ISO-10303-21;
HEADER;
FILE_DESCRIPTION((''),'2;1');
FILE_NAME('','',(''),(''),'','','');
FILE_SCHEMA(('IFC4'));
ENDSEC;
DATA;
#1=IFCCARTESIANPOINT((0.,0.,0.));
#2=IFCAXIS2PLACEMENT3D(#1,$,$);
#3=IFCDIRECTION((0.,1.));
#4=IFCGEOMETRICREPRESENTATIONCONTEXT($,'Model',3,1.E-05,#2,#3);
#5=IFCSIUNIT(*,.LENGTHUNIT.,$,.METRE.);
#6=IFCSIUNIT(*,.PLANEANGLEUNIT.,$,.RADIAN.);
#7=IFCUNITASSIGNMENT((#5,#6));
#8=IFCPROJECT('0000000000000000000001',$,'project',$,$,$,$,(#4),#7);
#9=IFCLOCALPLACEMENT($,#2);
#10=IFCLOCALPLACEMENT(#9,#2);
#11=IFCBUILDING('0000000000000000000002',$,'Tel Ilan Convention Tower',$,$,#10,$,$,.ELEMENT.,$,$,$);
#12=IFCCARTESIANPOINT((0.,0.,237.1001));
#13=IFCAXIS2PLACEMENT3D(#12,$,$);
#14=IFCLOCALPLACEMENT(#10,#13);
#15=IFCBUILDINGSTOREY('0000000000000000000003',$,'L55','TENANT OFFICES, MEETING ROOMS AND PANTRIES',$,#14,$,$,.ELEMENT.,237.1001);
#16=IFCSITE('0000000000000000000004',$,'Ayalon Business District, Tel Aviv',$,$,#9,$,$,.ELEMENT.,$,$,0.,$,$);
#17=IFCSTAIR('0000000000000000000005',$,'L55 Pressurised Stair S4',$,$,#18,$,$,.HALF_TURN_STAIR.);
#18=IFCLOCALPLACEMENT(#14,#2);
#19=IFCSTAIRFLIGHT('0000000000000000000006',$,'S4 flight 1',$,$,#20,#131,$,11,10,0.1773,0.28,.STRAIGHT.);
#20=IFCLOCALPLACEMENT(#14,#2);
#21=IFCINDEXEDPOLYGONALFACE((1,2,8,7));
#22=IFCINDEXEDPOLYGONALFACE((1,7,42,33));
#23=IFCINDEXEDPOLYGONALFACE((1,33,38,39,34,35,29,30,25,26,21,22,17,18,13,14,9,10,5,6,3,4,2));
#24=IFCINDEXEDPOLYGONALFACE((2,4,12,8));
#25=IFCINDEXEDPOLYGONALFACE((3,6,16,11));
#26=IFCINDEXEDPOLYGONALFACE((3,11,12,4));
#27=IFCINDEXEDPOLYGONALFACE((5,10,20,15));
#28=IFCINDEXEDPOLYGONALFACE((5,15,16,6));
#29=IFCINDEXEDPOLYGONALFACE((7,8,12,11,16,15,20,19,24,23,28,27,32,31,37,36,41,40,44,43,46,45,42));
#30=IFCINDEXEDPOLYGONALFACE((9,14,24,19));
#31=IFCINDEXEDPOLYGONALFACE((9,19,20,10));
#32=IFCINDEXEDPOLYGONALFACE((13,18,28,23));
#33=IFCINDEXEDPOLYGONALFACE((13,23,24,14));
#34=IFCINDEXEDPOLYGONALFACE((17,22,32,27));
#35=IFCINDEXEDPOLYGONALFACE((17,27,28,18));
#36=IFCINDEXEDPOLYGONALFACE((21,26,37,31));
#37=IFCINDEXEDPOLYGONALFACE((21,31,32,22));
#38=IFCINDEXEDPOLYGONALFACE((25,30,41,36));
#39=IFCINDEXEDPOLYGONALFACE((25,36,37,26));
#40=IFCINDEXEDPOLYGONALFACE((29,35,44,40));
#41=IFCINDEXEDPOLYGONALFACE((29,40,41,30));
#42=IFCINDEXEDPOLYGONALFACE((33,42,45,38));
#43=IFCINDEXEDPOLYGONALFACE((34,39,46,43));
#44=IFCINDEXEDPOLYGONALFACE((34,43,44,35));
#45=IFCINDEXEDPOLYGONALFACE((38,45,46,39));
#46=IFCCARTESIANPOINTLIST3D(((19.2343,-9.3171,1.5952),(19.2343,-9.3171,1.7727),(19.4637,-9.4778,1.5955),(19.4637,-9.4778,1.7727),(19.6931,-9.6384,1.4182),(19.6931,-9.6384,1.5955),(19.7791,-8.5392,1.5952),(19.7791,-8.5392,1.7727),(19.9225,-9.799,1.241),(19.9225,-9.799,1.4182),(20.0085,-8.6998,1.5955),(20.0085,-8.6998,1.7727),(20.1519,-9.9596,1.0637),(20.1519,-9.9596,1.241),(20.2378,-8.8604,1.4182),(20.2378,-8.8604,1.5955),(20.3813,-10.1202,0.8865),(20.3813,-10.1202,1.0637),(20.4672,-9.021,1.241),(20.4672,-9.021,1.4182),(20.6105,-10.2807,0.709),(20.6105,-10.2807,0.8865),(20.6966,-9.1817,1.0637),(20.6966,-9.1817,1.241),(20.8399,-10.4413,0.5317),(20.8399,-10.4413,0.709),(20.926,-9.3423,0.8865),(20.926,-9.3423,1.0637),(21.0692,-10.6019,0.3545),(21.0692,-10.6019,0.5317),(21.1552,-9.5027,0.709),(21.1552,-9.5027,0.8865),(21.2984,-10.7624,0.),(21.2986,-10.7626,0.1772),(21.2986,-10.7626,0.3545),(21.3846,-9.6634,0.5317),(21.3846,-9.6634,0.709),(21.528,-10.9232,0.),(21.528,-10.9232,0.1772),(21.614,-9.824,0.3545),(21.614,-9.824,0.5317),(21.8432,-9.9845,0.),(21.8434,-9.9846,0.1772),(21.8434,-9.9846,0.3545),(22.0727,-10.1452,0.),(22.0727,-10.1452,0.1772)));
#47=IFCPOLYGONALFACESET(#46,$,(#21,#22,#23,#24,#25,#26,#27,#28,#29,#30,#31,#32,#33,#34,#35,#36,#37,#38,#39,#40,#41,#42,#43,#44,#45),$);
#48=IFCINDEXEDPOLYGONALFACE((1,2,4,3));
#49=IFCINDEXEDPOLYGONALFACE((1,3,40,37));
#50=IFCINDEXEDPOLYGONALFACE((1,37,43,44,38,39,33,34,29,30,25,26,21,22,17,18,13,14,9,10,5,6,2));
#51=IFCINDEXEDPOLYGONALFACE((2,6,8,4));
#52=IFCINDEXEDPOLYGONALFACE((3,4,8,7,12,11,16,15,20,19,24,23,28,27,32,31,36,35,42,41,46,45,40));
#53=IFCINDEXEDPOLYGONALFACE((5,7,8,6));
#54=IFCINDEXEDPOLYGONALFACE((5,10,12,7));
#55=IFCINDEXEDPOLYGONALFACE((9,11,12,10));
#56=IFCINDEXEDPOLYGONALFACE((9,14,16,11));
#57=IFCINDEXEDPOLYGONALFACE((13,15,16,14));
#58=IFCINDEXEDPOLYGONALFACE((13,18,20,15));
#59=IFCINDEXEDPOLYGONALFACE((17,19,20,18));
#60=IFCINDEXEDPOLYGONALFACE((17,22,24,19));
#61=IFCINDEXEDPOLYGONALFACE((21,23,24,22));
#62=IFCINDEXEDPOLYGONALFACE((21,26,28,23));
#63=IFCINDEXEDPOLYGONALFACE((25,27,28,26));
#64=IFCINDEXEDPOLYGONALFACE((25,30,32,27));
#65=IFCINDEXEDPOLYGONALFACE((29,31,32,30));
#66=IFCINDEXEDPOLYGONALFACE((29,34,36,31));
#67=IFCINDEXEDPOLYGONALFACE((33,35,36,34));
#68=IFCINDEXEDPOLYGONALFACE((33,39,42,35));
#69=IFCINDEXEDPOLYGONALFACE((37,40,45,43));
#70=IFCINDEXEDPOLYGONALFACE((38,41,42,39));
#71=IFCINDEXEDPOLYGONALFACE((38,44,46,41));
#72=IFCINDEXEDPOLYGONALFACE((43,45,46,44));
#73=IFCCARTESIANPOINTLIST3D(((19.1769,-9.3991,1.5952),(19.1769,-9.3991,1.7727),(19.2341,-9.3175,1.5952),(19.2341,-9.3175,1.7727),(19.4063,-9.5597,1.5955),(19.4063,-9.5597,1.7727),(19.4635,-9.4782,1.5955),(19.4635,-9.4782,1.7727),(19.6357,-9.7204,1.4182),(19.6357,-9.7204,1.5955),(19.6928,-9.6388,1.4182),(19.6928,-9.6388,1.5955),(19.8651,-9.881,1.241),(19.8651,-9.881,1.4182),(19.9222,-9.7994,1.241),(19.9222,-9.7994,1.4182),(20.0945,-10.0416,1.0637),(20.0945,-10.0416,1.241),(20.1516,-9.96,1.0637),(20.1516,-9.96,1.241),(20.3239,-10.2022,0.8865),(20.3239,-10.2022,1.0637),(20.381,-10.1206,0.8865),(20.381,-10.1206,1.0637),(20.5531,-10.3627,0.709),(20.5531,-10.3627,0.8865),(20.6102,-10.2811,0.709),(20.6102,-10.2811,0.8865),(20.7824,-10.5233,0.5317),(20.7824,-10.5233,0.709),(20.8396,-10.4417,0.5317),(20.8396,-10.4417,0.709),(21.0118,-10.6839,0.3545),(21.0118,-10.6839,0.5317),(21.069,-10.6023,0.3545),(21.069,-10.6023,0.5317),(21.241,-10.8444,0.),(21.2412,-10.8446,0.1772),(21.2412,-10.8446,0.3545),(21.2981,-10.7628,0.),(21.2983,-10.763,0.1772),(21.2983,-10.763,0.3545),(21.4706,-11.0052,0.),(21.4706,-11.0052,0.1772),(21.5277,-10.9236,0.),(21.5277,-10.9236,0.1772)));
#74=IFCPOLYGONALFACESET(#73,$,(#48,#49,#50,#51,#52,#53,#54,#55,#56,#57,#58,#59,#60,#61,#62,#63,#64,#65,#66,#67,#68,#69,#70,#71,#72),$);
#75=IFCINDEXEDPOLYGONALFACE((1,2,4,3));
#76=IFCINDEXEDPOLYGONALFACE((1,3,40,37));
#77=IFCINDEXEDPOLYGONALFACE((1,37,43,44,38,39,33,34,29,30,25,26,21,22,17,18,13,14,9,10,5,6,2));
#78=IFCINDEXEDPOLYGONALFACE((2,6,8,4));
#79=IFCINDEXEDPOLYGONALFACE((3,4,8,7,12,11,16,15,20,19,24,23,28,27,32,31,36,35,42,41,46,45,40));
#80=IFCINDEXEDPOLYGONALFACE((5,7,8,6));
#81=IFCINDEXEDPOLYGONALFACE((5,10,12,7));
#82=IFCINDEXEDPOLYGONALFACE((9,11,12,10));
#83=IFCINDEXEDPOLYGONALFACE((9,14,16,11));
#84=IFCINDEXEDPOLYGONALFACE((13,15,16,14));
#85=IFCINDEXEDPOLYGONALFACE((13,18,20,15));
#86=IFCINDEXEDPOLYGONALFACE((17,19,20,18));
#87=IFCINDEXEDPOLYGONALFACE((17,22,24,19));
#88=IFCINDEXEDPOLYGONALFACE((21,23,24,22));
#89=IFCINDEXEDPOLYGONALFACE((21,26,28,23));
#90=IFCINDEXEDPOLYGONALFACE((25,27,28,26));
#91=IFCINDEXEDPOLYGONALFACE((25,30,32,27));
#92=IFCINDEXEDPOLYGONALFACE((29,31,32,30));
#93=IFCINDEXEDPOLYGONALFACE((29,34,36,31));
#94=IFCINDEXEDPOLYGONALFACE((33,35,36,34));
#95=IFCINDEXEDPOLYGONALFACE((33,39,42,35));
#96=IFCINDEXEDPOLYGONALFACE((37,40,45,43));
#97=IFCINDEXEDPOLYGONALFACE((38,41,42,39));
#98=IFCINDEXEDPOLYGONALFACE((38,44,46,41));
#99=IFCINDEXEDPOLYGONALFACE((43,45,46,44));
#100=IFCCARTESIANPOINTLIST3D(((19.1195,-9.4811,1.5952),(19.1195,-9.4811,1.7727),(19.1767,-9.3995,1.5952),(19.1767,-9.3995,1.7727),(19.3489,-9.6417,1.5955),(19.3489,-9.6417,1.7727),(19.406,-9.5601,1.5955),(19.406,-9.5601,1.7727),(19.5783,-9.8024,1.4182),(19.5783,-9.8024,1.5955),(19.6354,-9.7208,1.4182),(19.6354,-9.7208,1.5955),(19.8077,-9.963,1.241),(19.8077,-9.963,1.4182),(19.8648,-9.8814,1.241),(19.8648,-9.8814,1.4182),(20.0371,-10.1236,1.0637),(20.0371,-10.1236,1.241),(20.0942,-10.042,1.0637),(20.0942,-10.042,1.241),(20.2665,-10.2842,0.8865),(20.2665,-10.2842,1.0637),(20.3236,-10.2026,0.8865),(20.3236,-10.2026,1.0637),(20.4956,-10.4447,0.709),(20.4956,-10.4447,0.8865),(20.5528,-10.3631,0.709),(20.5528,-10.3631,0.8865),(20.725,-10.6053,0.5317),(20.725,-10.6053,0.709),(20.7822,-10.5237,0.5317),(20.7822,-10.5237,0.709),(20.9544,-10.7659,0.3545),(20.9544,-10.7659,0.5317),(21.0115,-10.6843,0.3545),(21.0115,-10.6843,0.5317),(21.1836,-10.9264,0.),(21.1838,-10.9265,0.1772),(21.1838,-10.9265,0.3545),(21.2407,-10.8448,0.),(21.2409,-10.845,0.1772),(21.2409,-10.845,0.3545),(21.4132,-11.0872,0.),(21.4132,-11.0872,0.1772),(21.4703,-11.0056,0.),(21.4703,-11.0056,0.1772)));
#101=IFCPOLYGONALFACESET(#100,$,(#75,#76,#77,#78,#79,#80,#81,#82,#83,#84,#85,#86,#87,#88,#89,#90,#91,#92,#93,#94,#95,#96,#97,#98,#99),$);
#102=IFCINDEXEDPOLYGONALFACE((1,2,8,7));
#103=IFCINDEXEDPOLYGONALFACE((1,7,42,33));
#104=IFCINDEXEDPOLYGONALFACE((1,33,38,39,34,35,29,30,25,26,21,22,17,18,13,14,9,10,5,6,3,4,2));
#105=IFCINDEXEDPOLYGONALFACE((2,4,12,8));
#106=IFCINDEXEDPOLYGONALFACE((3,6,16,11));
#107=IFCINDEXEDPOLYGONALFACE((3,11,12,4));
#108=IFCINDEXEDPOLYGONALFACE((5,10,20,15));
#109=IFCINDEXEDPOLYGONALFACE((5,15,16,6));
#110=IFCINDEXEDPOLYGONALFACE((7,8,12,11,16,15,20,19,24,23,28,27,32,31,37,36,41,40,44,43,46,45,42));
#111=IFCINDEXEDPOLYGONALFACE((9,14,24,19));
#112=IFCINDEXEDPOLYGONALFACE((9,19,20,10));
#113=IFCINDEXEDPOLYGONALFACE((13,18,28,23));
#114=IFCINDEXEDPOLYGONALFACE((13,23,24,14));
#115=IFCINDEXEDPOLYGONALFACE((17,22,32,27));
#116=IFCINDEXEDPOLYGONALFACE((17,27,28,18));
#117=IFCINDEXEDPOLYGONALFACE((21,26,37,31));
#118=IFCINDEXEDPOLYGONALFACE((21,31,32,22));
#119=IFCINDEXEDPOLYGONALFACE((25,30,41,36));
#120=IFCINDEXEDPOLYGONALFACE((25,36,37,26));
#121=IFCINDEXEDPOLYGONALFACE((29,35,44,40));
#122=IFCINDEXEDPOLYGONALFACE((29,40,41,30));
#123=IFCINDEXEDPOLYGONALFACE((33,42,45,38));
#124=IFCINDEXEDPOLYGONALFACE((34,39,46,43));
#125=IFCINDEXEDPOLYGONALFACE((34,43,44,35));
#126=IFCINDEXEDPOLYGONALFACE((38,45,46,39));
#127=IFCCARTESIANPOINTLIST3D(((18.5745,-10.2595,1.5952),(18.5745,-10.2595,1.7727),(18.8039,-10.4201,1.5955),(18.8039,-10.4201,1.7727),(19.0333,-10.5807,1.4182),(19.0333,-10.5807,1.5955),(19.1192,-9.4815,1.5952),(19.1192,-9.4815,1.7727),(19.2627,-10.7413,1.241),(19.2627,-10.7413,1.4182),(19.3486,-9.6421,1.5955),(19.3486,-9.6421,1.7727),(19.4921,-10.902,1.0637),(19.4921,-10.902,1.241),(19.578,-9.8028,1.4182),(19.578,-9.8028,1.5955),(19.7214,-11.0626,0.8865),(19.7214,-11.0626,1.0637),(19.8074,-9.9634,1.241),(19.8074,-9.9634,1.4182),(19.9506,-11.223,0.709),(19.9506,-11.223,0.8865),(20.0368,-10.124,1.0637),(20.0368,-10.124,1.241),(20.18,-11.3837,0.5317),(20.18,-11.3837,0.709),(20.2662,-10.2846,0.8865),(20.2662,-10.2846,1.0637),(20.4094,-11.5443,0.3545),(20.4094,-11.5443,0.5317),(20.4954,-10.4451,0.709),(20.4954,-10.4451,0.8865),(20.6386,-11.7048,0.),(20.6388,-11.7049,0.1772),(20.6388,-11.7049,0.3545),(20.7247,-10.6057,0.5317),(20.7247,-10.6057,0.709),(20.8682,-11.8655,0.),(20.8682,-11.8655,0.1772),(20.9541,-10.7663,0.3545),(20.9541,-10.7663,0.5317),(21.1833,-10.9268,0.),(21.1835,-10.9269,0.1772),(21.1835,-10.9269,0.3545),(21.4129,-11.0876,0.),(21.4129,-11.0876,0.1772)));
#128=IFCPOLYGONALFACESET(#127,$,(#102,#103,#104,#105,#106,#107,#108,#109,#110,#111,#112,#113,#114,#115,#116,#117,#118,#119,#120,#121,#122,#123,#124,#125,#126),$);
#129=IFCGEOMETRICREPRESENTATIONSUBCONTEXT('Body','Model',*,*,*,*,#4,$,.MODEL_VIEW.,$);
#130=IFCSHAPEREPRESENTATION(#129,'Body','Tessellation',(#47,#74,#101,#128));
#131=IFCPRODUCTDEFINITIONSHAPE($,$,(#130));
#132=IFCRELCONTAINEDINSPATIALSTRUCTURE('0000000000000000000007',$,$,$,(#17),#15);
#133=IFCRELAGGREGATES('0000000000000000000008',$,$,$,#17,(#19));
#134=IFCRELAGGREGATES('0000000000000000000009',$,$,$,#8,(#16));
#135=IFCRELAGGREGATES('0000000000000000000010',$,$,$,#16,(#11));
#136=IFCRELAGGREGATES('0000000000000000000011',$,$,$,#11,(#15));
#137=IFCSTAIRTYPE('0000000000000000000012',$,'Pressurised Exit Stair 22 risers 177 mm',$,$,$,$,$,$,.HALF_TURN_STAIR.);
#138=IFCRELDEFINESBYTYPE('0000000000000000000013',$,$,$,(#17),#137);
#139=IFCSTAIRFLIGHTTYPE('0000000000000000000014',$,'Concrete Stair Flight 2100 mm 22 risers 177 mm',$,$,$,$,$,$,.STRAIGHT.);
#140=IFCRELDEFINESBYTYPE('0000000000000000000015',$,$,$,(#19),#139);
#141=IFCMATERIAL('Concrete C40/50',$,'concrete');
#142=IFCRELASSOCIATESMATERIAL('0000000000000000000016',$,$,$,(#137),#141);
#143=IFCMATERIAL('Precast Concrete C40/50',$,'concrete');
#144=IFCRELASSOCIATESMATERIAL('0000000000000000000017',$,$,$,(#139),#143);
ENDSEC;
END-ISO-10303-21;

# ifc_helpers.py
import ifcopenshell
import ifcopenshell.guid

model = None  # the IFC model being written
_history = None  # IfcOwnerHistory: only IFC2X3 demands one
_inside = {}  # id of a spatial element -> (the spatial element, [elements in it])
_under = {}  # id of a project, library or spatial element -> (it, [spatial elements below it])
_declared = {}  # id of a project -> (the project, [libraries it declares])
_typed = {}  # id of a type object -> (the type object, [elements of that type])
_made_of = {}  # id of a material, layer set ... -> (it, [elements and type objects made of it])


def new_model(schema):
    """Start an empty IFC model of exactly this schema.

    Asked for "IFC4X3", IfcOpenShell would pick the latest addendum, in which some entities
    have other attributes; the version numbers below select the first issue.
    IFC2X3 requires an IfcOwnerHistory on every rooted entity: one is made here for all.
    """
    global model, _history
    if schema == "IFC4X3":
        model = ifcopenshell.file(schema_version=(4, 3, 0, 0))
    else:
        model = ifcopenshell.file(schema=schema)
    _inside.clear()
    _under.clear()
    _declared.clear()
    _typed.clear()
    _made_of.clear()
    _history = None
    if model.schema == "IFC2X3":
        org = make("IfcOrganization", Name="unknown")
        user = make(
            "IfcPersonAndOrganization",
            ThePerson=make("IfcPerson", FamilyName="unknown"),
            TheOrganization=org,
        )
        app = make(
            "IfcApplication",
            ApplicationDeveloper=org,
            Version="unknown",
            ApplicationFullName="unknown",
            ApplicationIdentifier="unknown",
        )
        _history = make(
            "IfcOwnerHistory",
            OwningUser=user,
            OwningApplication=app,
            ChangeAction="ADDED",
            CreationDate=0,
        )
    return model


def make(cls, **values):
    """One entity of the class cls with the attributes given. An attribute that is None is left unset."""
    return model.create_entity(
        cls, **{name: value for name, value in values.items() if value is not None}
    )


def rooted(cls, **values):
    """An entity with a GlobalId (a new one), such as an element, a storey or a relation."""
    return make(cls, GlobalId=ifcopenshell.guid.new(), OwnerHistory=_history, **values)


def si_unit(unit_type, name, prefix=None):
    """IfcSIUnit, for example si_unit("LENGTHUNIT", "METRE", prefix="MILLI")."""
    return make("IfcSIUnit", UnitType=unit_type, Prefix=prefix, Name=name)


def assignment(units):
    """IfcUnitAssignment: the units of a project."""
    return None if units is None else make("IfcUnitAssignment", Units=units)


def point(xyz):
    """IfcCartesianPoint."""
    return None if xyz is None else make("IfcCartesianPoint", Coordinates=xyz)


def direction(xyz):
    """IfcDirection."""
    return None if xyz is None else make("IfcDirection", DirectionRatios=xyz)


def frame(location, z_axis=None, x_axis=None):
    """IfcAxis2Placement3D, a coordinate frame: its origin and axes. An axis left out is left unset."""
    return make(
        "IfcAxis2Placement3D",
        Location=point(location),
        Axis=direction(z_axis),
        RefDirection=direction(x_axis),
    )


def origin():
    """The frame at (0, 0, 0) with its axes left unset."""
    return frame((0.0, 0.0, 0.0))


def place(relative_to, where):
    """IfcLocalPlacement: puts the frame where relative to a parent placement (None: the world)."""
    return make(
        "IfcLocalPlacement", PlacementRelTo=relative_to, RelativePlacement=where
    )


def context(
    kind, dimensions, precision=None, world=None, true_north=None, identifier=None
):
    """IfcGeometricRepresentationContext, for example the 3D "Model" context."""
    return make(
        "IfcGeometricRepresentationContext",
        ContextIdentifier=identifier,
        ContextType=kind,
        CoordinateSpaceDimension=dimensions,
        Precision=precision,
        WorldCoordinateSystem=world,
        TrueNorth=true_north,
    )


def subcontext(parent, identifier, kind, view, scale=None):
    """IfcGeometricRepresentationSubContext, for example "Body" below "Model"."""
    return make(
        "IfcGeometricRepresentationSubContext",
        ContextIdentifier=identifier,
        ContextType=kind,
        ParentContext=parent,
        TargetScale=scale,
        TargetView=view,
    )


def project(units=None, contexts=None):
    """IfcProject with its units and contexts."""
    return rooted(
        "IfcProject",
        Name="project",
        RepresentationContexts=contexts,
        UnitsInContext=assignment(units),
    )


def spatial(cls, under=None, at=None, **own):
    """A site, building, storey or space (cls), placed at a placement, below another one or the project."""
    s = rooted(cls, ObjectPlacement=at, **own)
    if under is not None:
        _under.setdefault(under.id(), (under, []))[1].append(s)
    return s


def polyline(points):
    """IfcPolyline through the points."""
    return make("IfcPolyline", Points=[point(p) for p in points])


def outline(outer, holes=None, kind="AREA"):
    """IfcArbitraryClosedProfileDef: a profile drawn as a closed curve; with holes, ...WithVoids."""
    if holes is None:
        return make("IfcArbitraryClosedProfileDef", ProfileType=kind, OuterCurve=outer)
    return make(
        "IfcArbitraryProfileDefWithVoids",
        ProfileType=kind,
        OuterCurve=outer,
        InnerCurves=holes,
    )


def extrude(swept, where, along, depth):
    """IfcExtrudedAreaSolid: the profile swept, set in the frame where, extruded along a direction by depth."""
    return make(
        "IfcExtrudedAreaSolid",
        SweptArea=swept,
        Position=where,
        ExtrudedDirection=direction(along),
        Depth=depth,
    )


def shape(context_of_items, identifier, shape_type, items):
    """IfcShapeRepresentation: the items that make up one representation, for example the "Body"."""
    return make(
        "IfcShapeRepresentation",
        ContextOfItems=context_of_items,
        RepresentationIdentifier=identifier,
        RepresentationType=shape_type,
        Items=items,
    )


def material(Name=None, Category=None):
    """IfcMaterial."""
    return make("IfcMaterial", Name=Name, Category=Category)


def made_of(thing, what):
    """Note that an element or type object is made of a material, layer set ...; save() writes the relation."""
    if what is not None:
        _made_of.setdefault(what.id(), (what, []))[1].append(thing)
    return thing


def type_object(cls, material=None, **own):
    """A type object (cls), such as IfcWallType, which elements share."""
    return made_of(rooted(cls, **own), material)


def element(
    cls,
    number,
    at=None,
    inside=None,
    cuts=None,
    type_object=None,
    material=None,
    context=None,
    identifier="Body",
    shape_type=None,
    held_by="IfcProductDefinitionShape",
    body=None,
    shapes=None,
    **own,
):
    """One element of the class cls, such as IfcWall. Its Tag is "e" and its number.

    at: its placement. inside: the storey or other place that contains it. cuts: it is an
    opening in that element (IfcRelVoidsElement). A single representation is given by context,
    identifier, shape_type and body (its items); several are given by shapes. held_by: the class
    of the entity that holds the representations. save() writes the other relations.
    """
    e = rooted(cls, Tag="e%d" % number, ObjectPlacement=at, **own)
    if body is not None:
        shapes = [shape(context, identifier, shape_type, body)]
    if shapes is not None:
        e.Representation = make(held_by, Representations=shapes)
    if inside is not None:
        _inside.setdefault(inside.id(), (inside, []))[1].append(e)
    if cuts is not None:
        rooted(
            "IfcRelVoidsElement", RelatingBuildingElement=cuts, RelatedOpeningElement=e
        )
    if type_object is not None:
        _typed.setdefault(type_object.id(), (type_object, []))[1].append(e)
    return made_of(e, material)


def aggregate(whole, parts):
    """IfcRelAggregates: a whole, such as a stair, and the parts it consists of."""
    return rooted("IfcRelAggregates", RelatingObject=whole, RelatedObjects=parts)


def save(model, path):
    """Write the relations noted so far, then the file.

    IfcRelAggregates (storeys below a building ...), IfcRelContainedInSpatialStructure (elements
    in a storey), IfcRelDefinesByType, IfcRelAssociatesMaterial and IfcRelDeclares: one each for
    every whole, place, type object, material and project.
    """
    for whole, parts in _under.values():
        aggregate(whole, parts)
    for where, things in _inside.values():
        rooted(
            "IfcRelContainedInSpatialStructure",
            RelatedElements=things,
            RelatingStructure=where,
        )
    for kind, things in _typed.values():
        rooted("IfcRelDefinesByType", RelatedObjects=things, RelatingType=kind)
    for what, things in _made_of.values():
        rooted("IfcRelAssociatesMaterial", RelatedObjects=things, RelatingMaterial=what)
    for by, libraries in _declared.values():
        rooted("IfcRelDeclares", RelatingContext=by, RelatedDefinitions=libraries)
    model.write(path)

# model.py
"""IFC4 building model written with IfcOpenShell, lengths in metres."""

from ifc_helpers import new_model, si_unit, direction, frame, origin, place, context, subcontext, project, spatial, polyline, outline, extrude, material, type_object, element, aggregate, save


model = new_model("IFC4")

# Units and contexts
model_context = context("Model", 3, precision=1e-05, world=origin(), true_north=direction((0.0, 1.0)))
body_context = subcontext(model_context, "Body", "Model", "MODEL_VIEW")
ifc_project = project(units=[si_unit("LENGTHUNIT", "METRE"), si_unit("PLANEANGLEUNIT", "RADIAN")], contexts=[model_context])

# Site, building, storey
site_placement = place(None, origin())
site = spatial("IfcSite", under=ifc_project, at=site_placement, Name="Ayalon Business District, Tel Aviv", CompositionType="ELEMENT", RefElevation=0.0)
building_placement = place(site_placement, origin())
building = spatial("IfcBuilding", under=site, at=building_placement, Name="Tel Ilan Convention Tower", CompositionType="ELEMENT")
storey_placement = place(building_placement, frame((0.0, 0.0, 237.1001)))
storey = spatial("IfcBuildingStorey", under=building, at=storey_placement, Name="L55", Description="TENANT OFFICES, MEETING ROOMS AND PANTRIES", CompositionType="ELEMENT", Elevation=237.1001)

# Shared definitions
ifc_material_1 = material(Name="Concrete C40/50", Category="concrete")
stair_type = type_object("IfcStairType", Name="Pressurised Exit Stair 22 risers 177 mm", PredefinedType="HALF_TURN_STAIR", material=ifc_material_1)
ifc_material_2 = material(Name="Precast Concrete C40/50", Category="concrete")
stair_flight_type = type_object("IfcStairFlightType", Name="Concrete Stair Flight 2100 mm 22 risers 177 mm", PredefinedType="STRAIGHT", material=ifc_material_2)

# Stair, stair flight
stair_1_placement = place(storey_placement, origin())
stair_1 = element("IfcStair", 1, at=stair_1_placement, inside=storey, type_object=stair_type, Name="L55 Pressurised Stair S4", PredefinedType="HALF_TURN_STAIR")
stair_flight_1_placement = place(storey_placement, frame((21.4705, -11.0054, 0.0), z_axis=(0.0, 0.0, 1.0), x_axis=(-0.819152, 0.573576, 0.0)))
stair_flight_1 = element("IfcStairFlight", 2, at=stair_flight_1_placement, type_object=stair_flight_type, Name="S4 flight 1", NumberOfRisers=11, NumberOfTreads=10, PredefinedType="STRAIGHT", RiserHeight=0.1773, TreadLength=0.28, context=body_context, shape_type="SweptSolid", body=[
    extrude(outline(polyline([(0.0, 0.0), (0.0, 0.1772), (0.28, 0.1772), (0.28, 0.3545), (0.5601, 0.3545), (0.5601, 0.5317), (0.8401, 0.5317), (0.8401, 0.709), (1.1201, 0.709), (1.1201, 0.8865), (1.3999, 0.8865), (1.3999, 1.0637), (1.6799, 1.0637), (1.6799, 1.241), (1.96, 1.241), (1.96, 1.4182), (2.24, 1.4182), (2.24, 1.5955), (2.52, 1.5955), (2.52, 1.7727), (2.8, 1.7727), (2.8, 1.95), (2.8, 1.5952), (0.2803, 0.0), (0.0, 0.0)])), frame((0.0, -0.1003, 0.0), z_axis=(0.0, -1.0, 0.0), x_axis=(1.0, 0.0, 0.0)), (0.0, 0.0, 1.0), 0.9497),
    extrude(outline(polyline([(0.0, 0.0), (0.0, 0.1772), (0.28, 0.1772), (0.28, 0.3545), (0.5601, 0.3545), (0.5601, 0.5317), (0.8401, 0.5317), (0.8401, 0.709), (1.1201, 0.709), (1.1201, 0.8865), (1.3999, 0.8865), (1.3999, 1.0637), (1.6799, 1.0637), (1.6799, 1.241), (1.96, 1.241), (1.96, 1.4182), (2.24, 1.4182), (2.24, 1.5955), (2.52, 1.5955), (2.52, 1.7727), (2.8, 1.7727), (2.8, 1.95), (2.8, 1.5952), (0.2803, 0.0), (0.0, 0.0)])), frame((0.0, -0.0002, 0.0), z_axis=(0.0, -1.0, 0.0), x_axis=(1.0, 0.0, 0.0)), (0.0, 0.0, 1.0), 0.0996),
    extrude(outline(polyline([(0.0, 0.0), (0.0, 0.1772), (0.28, 0.1772), (0.28, 0.3545), (0.5601, 0.3545), (0.5601, 0.5317), (0.8401, 0.5317), (0.8401, 0.709), (1.1201, 0.709), (1.1201, 0.8865), (1.3999, 0.8865), (1.3999, 1.0637), (1.6799, 1.0637), (1.6799, 1.241), (1.96, 1.241), (1.96, 1.4182), (2.24, 1.4182), (2.24, 1.5955), (2.52, 1.5955), (2.52, 1.7727), (2.8, 1.7727), (2.8, 1.95), (2.8, 1.5952), (0.2803, 0.0), (0.0, 0.0)])), frame((0.0, 0.0999, 0.0), z_axis=(0.0, -1.0, 0.0), x_axis=(1.0, 0.0, 0.0)), (0.0, 0.0, 1.0), 0.0996),
    extrude(outline(polyline([(0.0, 0.0), (0.0, 0.1772), (0.28, 0.1772), (0.28, 0.3545), (0.5601, 0.3545), (0.5601, 0.5317), (0.8401, 0.5317), (0.8401, 0.709), (1.1201, 0.709), (1.1201, 0.8865), (1.3999, 0.8865), (1.3999, 1.0637), (1.6799, 1.0637), (1.6799, 1.241), (1.96, 1.241), (1.96, 1.4182), (2.24, 1.4182), (2.24, 1.5955), (2.52, 1.5955), (2.52, 1.7727), (2.8, 1.7727), (2.8, 1.95), (2.8, 1.5952), (0.2803, 0.0), (0.0, 0.0)])), frame((0.0, 1.05, 0.0), z_axis=(0.0, -1.0, 0.0), x_axis=(1.0, 0.0, 0.0)), (0.0, 0.0, 1.0), 0.9497),
])
aggregate(stair_1, [stair_flight_1])

save(model, "model.ifc")
